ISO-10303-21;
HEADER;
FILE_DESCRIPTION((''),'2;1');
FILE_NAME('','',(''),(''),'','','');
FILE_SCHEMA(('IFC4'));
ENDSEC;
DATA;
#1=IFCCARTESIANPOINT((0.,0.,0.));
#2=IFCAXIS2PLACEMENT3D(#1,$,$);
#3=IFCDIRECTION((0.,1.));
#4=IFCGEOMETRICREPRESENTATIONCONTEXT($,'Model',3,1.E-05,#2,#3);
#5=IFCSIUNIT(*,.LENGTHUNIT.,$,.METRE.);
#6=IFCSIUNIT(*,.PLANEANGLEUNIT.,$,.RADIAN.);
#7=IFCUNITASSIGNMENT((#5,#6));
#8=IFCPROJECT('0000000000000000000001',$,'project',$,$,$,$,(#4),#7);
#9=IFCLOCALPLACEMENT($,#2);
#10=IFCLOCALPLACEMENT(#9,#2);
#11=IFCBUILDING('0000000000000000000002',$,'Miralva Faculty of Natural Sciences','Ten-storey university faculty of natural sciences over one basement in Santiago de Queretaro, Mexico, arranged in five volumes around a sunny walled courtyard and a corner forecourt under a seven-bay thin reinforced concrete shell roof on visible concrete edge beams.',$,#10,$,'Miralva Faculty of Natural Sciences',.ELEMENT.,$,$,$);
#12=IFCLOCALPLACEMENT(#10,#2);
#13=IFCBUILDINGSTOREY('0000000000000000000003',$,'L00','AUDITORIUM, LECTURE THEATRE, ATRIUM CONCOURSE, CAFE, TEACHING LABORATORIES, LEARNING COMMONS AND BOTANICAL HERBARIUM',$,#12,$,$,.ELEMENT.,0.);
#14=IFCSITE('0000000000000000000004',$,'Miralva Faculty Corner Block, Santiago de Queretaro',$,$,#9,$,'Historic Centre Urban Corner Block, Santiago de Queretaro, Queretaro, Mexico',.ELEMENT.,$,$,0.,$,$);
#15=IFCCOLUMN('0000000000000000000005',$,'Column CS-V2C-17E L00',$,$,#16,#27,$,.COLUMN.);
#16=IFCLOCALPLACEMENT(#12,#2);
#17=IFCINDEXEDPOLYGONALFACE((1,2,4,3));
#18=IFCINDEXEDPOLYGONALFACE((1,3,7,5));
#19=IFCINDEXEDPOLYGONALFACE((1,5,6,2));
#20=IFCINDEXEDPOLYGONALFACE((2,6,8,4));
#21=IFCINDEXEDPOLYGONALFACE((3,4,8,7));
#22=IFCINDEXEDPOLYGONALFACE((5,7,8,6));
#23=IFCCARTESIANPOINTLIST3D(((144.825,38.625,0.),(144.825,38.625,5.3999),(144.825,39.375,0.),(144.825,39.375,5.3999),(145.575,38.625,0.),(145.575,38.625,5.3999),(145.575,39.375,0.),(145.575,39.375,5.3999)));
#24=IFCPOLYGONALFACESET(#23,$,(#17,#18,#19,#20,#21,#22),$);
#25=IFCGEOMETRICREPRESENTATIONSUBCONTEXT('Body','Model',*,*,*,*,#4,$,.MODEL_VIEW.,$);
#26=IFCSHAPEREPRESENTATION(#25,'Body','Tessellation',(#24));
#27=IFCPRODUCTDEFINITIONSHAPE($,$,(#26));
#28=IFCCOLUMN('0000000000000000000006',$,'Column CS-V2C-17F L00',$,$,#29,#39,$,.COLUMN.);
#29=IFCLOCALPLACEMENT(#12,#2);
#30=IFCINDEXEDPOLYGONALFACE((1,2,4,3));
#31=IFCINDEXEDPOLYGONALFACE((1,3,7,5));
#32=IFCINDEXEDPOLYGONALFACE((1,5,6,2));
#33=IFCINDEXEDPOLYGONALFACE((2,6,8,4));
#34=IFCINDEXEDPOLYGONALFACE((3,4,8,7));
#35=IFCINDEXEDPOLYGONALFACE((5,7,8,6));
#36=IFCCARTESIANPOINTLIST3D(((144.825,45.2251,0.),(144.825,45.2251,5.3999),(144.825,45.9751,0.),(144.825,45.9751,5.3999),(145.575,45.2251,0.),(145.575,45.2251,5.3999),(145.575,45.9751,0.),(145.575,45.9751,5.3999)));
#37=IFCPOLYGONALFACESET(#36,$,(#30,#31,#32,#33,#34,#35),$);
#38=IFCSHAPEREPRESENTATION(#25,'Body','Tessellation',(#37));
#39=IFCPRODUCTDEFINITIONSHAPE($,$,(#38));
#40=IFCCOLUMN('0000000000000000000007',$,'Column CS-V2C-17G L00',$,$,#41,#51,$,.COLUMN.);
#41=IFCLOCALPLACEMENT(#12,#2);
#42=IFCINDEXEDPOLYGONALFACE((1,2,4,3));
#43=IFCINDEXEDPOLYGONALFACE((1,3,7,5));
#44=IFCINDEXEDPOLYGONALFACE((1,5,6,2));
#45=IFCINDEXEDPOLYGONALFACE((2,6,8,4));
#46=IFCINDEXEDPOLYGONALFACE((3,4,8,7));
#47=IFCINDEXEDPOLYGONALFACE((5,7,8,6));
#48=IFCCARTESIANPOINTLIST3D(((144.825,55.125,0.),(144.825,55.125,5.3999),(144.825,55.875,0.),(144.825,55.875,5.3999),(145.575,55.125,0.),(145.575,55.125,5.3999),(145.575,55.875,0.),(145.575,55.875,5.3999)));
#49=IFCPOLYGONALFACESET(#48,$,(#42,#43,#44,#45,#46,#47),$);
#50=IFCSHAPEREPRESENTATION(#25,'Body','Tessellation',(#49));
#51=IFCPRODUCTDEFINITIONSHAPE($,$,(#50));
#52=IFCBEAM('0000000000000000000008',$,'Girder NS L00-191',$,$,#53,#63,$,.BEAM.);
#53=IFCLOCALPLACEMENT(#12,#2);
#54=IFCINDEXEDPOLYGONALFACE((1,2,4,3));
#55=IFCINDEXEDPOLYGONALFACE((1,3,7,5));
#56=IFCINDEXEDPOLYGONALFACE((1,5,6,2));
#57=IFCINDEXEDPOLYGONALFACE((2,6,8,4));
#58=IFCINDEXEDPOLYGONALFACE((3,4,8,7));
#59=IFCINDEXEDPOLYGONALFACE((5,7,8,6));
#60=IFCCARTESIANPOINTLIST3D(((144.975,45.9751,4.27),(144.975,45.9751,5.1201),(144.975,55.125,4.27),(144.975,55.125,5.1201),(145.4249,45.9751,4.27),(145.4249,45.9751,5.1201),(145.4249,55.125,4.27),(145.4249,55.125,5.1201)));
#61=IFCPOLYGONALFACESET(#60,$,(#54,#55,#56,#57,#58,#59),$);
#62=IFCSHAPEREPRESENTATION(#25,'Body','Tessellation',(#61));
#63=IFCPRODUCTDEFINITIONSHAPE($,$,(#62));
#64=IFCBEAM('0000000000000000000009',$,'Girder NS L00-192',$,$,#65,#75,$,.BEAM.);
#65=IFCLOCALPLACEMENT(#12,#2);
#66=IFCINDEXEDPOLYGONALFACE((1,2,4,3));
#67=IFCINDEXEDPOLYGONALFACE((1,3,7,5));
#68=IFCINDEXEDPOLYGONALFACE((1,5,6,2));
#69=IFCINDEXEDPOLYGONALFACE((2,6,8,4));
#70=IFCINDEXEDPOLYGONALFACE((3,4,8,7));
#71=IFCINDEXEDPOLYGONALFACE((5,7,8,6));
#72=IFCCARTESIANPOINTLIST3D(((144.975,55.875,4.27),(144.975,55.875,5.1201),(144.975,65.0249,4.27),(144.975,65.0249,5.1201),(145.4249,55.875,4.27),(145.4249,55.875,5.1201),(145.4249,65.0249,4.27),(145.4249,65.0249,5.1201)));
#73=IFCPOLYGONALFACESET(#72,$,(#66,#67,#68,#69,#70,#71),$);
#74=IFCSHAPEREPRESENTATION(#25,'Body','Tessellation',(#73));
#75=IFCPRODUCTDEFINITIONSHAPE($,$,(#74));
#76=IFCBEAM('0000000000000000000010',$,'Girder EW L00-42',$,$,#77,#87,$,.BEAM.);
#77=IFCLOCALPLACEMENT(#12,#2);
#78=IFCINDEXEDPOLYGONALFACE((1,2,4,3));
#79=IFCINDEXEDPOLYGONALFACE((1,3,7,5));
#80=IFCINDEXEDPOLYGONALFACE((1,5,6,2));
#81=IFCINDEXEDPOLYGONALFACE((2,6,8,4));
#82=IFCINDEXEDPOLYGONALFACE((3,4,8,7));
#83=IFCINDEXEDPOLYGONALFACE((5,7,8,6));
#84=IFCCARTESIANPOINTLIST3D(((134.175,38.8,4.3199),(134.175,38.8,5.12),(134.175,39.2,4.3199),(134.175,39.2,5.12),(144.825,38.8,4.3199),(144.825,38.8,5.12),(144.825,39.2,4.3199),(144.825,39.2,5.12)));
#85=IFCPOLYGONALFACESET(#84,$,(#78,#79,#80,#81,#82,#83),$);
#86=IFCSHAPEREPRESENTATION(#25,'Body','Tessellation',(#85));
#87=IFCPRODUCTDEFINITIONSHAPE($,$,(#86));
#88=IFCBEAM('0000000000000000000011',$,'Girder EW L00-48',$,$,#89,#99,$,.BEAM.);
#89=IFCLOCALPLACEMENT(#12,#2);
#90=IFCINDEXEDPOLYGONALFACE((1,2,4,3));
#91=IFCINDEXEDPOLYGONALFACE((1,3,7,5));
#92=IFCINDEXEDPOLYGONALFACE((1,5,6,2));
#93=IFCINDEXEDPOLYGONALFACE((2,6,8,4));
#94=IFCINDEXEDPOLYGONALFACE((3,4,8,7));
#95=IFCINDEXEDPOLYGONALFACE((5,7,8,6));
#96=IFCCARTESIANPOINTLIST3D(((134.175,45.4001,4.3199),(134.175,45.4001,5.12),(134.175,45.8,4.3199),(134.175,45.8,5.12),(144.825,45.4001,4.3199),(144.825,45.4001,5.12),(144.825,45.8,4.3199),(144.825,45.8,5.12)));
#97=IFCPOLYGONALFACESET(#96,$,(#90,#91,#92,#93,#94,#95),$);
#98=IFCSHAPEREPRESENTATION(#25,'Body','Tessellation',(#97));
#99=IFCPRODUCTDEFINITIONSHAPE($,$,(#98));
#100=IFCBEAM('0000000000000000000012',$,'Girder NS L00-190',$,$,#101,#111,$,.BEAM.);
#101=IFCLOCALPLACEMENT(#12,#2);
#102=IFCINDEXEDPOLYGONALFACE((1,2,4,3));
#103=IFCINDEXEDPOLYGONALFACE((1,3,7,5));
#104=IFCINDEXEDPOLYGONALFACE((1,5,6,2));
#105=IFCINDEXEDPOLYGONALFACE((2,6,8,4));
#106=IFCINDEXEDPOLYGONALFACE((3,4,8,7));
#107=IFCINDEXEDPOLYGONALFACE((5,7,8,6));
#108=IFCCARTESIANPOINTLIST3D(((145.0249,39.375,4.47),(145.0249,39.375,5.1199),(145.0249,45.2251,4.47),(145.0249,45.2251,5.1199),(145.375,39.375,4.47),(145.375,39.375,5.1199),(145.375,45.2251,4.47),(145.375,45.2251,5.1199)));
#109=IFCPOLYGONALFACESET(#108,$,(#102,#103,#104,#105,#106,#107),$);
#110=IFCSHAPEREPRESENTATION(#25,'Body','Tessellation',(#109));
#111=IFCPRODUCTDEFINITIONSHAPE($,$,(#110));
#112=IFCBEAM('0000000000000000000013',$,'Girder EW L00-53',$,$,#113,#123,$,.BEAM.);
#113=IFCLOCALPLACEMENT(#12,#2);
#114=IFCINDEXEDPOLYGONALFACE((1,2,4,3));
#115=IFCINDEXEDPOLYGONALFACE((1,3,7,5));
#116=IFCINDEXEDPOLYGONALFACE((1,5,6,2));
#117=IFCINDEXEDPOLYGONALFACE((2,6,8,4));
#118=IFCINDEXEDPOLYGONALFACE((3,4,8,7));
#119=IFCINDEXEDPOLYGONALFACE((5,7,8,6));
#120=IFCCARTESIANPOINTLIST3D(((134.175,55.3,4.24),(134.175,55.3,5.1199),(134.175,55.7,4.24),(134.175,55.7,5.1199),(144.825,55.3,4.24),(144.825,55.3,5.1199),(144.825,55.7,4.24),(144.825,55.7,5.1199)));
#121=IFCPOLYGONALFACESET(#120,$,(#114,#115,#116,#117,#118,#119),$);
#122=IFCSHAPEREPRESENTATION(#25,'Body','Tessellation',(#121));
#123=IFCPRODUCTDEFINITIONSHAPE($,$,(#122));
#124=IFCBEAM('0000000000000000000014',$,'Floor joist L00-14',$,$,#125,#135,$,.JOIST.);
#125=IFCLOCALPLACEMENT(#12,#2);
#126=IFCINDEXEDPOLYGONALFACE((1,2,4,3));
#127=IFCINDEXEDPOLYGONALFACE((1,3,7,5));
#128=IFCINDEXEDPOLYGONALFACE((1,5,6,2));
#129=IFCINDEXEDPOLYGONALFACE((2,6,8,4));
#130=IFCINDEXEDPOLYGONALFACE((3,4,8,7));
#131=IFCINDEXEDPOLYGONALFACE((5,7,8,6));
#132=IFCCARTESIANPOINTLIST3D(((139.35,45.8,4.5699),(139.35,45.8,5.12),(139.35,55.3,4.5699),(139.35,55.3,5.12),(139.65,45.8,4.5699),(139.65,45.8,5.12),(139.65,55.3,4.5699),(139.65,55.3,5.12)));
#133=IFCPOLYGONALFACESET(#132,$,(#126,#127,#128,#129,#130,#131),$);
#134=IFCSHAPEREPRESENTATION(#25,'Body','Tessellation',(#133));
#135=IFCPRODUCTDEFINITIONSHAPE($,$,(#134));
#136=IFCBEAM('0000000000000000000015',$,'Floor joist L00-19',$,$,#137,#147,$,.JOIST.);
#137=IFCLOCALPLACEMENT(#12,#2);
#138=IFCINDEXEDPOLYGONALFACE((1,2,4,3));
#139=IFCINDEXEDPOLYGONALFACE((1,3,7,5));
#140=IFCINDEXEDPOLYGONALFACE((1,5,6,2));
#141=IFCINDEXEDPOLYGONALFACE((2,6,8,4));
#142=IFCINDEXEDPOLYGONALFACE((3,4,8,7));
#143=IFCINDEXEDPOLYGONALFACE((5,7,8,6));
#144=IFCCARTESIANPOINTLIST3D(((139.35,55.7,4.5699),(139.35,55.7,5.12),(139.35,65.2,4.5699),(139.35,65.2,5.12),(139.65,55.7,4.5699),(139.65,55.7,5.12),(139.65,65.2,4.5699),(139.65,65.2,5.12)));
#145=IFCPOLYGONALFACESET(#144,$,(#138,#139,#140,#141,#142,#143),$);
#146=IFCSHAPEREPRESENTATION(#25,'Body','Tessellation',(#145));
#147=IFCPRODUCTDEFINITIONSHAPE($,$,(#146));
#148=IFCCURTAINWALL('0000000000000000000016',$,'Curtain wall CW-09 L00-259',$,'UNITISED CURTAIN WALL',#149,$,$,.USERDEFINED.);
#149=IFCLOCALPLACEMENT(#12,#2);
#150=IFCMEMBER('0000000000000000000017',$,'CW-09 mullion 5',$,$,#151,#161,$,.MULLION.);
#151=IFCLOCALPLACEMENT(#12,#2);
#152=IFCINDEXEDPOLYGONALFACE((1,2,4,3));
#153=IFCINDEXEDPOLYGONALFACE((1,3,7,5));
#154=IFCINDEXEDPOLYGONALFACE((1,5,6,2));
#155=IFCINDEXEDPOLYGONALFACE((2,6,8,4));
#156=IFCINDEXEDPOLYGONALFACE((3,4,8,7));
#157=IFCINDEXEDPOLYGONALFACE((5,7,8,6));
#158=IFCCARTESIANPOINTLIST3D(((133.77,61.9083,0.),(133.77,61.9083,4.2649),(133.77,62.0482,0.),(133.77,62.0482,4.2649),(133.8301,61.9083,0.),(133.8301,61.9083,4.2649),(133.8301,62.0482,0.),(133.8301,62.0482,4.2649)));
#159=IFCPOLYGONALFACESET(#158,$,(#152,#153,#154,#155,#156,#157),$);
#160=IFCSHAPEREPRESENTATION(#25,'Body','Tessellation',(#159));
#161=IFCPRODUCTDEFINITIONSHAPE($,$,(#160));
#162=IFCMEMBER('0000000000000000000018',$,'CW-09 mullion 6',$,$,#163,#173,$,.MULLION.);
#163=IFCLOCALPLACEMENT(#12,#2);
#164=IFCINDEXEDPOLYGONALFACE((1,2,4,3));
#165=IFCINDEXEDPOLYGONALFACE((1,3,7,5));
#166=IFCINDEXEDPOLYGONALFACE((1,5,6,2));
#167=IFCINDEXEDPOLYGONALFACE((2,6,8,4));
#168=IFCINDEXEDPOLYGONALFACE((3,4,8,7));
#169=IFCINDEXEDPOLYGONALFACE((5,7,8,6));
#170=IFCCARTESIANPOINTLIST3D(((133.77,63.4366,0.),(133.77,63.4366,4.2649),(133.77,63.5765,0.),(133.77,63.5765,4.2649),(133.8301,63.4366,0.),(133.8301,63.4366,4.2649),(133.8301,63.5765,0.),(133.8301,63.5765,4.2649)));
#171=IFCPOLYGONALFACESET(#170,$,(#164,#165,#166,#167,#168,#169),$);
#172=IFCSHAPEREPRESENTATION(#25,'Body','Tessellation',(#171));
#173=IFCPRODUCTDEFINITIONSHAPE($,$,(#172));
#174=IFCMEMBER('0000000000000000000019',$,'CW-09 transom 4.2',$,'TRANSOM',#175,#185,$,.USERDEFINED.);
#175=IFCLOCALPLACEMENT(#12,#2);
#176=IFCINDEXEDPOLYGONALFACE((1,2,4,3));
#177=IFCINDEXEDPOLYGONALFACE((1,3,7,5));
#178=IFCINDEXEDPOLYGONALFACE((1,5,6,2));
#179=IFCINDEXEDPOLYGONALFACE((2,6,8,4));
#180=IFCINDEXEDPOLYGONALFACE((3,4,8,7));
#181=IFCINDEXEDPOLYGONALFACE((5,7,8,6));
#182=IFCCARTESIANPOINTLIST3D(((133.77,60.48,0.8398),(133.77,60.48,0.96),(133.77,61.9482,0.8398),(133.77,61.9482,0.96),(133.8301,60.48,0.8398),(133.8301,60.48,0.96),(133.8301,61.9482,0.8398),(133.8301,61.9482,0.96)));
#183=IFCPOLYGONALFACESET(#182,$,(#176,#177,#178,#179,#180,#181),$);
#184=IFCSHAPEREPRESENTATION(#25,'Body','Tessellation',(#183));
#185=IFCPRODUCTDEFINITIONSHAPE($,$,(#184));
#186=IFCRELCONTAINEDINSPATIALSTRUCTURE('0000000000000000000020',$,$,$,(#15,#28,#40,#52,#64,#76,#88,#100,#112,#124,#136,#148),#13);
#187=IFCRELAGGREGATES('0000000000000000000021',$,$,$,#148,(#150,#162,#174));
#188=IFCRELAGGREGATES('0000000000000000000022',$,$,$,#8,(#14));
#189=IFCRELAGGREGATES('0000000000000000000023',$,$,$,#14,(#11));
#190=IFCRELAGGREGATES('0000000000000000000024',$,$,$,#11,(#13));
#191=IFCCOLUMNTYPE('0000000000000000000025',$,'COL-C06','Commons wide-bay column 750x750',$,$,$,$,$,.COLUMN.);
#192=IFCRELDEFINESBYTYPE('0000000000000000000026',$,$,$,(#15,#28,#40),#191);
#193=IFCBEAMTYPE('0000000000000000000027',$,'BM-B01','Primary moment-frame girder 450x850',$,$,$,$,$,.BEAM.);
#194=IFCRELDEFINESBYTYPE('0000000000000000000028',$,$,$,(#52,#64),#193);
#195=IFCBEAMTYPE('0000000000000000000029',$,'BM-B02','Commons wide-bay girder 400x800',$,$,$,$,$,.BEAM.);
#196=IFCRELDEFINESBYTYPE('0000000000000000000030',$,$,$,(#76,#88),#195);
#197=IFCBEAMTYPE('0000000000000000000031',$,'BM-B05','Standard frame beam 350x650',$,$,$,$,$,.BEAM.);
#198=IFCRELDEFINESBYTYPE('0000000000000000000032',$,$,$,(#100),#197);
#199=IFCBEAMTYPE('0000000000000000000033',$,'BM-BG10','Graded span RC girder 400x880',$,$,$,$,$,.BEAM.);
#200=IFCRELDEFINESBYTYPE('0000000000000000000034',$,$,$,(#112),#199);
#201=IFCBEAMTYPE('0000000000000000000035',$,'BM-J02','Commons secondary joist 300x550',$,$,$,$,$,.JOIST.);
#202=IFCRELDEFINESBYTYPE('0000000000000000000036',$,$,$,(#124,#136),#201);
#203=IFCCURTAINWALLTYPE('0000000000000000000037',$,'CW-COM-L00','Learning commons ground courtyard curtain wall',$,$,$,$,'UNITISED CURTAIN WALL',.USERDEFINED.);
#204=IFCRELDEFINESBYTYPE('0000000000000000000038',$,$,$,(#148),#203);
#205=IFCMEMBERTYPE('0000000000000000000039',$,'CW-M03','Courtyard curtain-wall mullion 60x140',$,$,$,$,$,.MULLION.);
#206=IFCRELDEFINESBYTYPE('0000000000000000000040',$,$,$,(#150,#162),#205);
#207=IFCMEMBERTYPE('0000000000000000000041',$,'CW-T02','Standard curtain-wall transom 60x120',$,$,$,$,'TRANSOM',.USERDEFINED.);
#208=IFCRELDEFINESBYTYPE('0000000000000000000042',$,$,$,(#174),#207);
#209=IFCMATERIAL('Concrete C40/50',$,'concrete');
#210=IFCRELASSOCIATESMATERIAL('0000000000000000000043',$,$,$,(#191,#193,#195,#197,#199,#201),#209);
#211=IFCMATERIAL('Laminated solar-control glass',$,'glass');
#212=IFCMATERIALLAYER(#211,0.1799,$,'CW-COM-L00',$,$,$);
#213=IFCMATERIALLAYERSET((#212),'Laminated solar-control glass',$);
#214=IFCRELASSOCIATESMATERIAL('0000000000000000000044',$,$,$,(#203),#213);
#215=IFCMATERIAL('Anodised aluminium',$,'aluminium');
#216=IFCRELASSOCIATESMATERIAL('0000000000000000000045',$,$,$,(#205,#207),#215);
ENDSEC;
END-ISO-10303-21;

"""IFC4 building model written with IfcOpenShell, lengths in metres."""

from ifc_helpers import new_model, si_unit, direction, frame, origin, origin_2d, place, context, subcontext, project, spatial, rectangle, extrude, material, layer, layer_set, material_profile, profile_set, type_object, element, aggregate, save


model = new_model("IFC4")

# Units and contexts
model_context = context("Model", 3, precision=1e-05, world=origin(), true_north=direction((0.0, 1.0)))
body_context = subcontext(model_context, "Body", "Model", "MODEL_VIEW")
ifc_project = project(units=[si_unit("LENGTHUNIT", "METRE"), si_unit("PLANEANGLEUNIT", "RADIAN")], contexts=[model_context])

# Site, building, storey
site_placement = place(None, origin())
site = spatial("IfcSite", under=ifc_project, at=site_placement, Name="Miralva Faculty Corner Block, Santiago de Queretaro", LongName="Historic Centre Urban Corner Block, Santiago de Queretaro, Queretaro, Mexico", CompositionType="ELEMENT", RefElevation=0.0)
building_placement = place(site_placement, origin())
building = spatial("IfcBuilding", under=site, at=building_placement, Name="Miralva Faculty of Natural Sciences", Description="Ten-storey university faculty of natural sciences over one basement in Santiago de Queretaro, Mexico, arranged in five volumes around a sunny walled courtyard and a corner forecourt under a seven-bay thin reinforced concrete shell roof on visible concrete edge beams.", LongName="Miralva Faculty of Natural Sciences", CompositionType="ELEMENT")
storey_placement = place(building_placement, origin())
storey = spatial("IfcBuildingStorey", under=building, at=storey_placement, Name="L00", Description="AUDITORIUM, LECTURE THEATRE, ATRIUM CONCOURSE, CAFE, TEACHING LABORATORIES, LEARNING COMMONS AND BOTANICAL HERBARIUM", CompositionType="ELEMENT", Elevation=0.0)

# Columns
ifc_material_1 = material(Name="Concrete C40/50", Category="concrete")
ifc_material_profile_1 = material_profile(ifc_material_1, rectangle(XDim=0.75, YDim=0.75, at=origin_2d()), Name="RC 750x750")
ifc_profile_set_1 = profile_set([ifc_material_profile_1], Name="Concrete C40/50")
column_type = type_object("IfcColumnType", Name="COL-C06", Description="Commons wide-bay column 750x750", PredefinedType="COLUMN", material=ifc_profile_set_1)
for number, where, z_axis, x_axis, name in (
    (1, (145.2, 39.0, 0.0), (0.0, 0.0, 1.0), (1.0, 0.0, 0.0), "Column CS-V2C-17E L00"),
    (2, (145.2, 45.6001, 0.0), (0.0, 0.0, 1.0), (1.0, 0.0, 0.0), "Column CS-V2C-17F L00"),
    (3, (145.2, 55.5, 0.0), (0.0, 0.0, 1.0), (1.0, 0.0, 0.0), "Column CS-V2C-17G L00"),
):
    element("IfcColumn", number, at=place(storey_placement, frame(where, z_axis=z_axis, x_axis=x_axis)), inside=storey, type_object=column_type, Name=name, PredefinedType="COLUMN", context=body_context, shape_type="SweptSolid", body=[
        extrude(rectangle(XDim=0.75, YDim=0.75, at=origin_2d()), origin(), (0.0, 0.0, 1.0), 5.3999),
    ])

# Beams
ifc_material_profile_2 = material_profile(ifc_material_1, rectangle(XDim=0.45, YDim=0.8501, at=origin_2d()), Name="RC 450x850")
ifc_profile_set_2 = profile_set([ifc_material_profile_2], Name="Concrete C40/50")
beam_type_1 = type_object("IfcBeamType", Name="BM-B01", Description="Primary moment-frame girder 450x850", PredefinedType="BEAM", material=ifc_profile_set_2)
for number, where, z_axis, x_axis, name in (
    (4, (145.2, 45.9751, 4.6951), (0.0, 1.0, 0.0), (-1.0, 0.0, 0.0), "Girder NS L00-191"),
    (5, (145.2, 55.875, 4.6951), (0.0, 1.0, 0.0), (-1.0, 0.0, 0.0), "Girder NS L00-192"),
):
    element("IfcBeam", number, at=place(storey_placement, frame(where, z_axis=z_axis, x_axis=x_axis)), inside=storey, type_object=beam_type_1, Name=name, PredefinedType="BEAM", context=body_context, shape_type="SweptSolid", body=[
        extrude(rectangle(XDim=0.45, YDim=0.8501, at=origin_2d()), origin(), (0.0, 0.0, 1.0), 9.1499),
    ])
ifc_material_profile_3 = material_profile(ifc_material_1, rectangle(XDim=0.3999, YDim=0.8, at=origin_2d()), Name="RC 400x800")
ifc_profile_set_3 = profile_set([ifc_material_profile_3], Name="Concrete C40/50")
beam_type_2 = type_object("IfcBeamType", Name="BM-B02", Description="Commons wide-bay girder 400x800", PredefinedType="BEAM", material=ifc_profile_set_3)
for number, where, z_axis, x_axis, name in (
    (6, (134.175, 39.0, 4.72), (1.0, 0.0, 0.0), (0.0, 1.0, 0.0), "Girder EW L00-42"),
    (7, (134.175, 45.6001, 4.72), (1.0, 0.0, 0.0), (0.0, 1.0, 0.0), "Girder EW L00-48"),
):
    element("IfcBeam", number, at=place(storey_placement, frame(where, z_axis=z_axis, x_axis=x_axis)), inside=storey, type_object=beam_type_2, Name=name, PredefinedType="BEAM", context=body_context, shape_type="SweptSolid", body=[
        extrude(rectangle(XDim=0.3999, YDim=0.8, at=origin_2d()), origin(), (0.0, 0.0, 1.0), 10.6499),
    ])
ifc_material_profile_4 = material_profile(ifc_material_1, rectangle(XDim=0.3501, YDim=0.6499, at=origin_2d()), Name="RC 350x650")
ifc_profile_set_4 = profile_set([ifc_material_profile_4], Name="Concrete C40/50")
beam_type_3 = type_object("IfcBeamType", Name="BM-B05", Description="Standard frame beam 350x650", PredefinedType="BEAM", material=ifc_profile_set_4)
beam_1_placement = place(storey_placement, frame((145.2, 39.375, 4.7949), z_axis=(0.0, 1.0, 0.0), x_axis=(-1.0, 0.0, 0.0)))
element("IfcBeam", 8, at=beam_1_placement, inside=storey, type_object=beam_type_3, Name="Girder NS L00-190", PredefinedType="BEAM", context=body_context, shape_type="SweptSolid", body=[
    extrude(rectangle(XDim=0.3501, YDim=0.6499, at=origin_2d()), origin(), (0.0, 0.0, 1.0), 5.8501),
])
ifc_material_profile_5 = material_profile(ifc_material_1, rectangle(XDim=0.3999, YDim=0.8799, at=origin_2d()), Name="RC 400x880")
ifc_profile_set_5 = profile_set([ifc_material_profile_5], Name="Concrete C40/50")
beam_type_4 = type_object("IfcBeamType", Name="BM-BG10", Description="Graded span RC girder 400x880", PredefinedType="BEAM", material=ifc_profile_set_5)
beam_2_placement = place(storey_placement, frame((134.175, 55.5, 4.6799), z_axis=(1.0, 0.0, 0.0), x_axis=(0.0, 1.0, 0.0)))
element("IfcBeam", 9, at=beam_2_placement, inside=storey, type_object=beam_type_4, Name="Girder EW L00-53", PredefinedType="BEAM", context=body_context, shape_type="SweptSolid", body=[
    extrude(rectangle(XDim=0.3999, YDim=0.8799, at=origin_2d()), origin(), (0.0, 0.0, 1.0), 10.6499),
])
ifc_material_profile_6 = material_profile(ifc_material_1, rectangle(XDim=0.3, YDim=0.55, at=origin_2d()), Name="RC 300x550")
ifc_profile_set_6 = profile_set([ifc_material_profile_6], Name="Concrete C40/50")
beam_type_5 = type_object("IfcBeamType", Name="BM-J02", Description="Commons secondary joist 300x550", PredefinedType="JOIST", material=ifc_profile_set_6)
for number, where, z_axis, x_axis, name in (
    (10, (139.5, 45.8, 4.845), (0.0, 1.0, 0.0), (-1.0, 0.0, 0.0), "Floor joist L00-14"),
    (11, (139.5, 55.7, 4.845), (0.0, 1.0, 0.0), (-1.0, 0.0, 0.0), "Floor joist L00-19"),
):
    element("IfcBeam", number, at=place(storey_placement, frame(where, z_axis=z_axis, x_axis=x_axis)), inside=storey, type_object=beam_type_5, Name=name, PredefinedType="JOIST", context=body_context, shape_type="SweptSolid", body=[
        extrude(rectangle(XDim=0.3, YDim=0.55, at=origin_2d()), origin(), (0.0, 0.0, 1.0), 9.5),
    ])

# Curtain wall, members
ifc_material_2 = material(Name="Laminated solar-control glass", Category="glass")
ifc_layer_1 = layer(ifc_material_2, 0.1799, Name="CW-COM-L00")
ifc_layer_set_1 = layer_set([ifc_layer_1], Name="Laminated solar-control glass")
curtain_wall_type = type_object("IfcCurtainWallType", Name="CW-COM-L00", Description="Learning commons ground courtyard curtain wall", ElementType="UNITISED CURTAIN WALL", PredefinedType="USERDEFINED", material=ifc_layer_set_1)
curtain_wall_placement = place(storey_placement, origin())
curtain_wall = element("IfcCurtainWall", 12, at=curtain_wall_placement, inside=storey, type_object=curtain_wall_type, Name="Curtain wall CW-09 L00-259", ObjectType="UNITISED CURTAIN WALL", PredefinedType="USERDEFINED")
ifc_material_3 = material(Name="Anodised aluminium", Category="aluminium")
ifc_material_profile_7 = material_profile(ifc_material_3, rectangle(XDim=0.0601, YDim=0.1399, at=origin_2d()), Name="MULLION 60x140")
ifc_profile_set_7 = profile_set([ifc_material_profile_7], Name="Anodised aluminium")
member_type_1 = type_object("IfcMemberType", Name="CW-M03", Description="Courtyard curtain-wall mullion 60x140", PredefinedType="MULLION", material=ifc_profile_set_7)
member_1_placement = place(storey_placement, frame((133.8, 61.9783, 0.0), z_axis=(0.0, 0.0, 1.0), x_axis=(-1.0, 0.0, 0.0)))
member_1 = element("IfcMember", 13, at=member_1_placement, type_object=member_type_1, Name="CW-09 mullion 5", PredefinedType="MULLION", context=body_context, shape_type="SweptSolid", body=[
    extrude(rectangle(XDim=0.0601, YDim=0.1399, at=origin_2d()), origin(), (0.0, 0.0, 1.0), 4.2649),
])
member_2_placement = place(storey_placement, frame((133.8, 63.5066, 0.0), z_axis=(0.0, 0.0, 1.0), x_axis=(-1.0, 0.0, 0.0)))
member_2 = element("IfcMember", 14, at=member_2_placement, type_object=member_type_1, Name="CW-09 mullion 6", PredefinedType="MULLION", context=body_context, shape_type="SweptSolid", body=[
    extrude(rectangle(XDim=0.0601, YDim=0.1399, at=origin_2d()), origin(), (0.0, 0.0, 1.0), 4.2649),
])
ifc_material_profile_8 = material_profile(ifc_material_3, rectangle(XDim=0.0601, YDim=0.1201, at=origin_2d()), Name="TRANSOM 60x120")
ifc_profile_set_8 = profile_set([ifc_material_profile_8], Name="Anodised aluminium")
member_type_2 = type_object("IfcMemberType", Name="CW-T02", Description="Standard curtain-wall transom 60x120", ElementType="TRANSOM", PredefinedType="USERDEFINED", material=ifc_profile_set_8)
member_3_placement = place(storey_placement, frame((133.8, 60.48, 0.8999), z_axis=(0.0, 1.0, 0.0), x_axis=(-1.0, 0.0, 0.0)))
member_3 = element("IfcMember", 15, at=member_3_placement, type_object=member_type_2, Name="CW-09 transom 4.2", ObjectType="TRANSOM", PredefinedType="USERDEFINED", context=body_context, shape_type="SweptSolid", body=[
    extrude(rectangle(XDim=0.0601, YDim=0.1201, at=origin_2d()), origin(), (0.0, 0.0, 1.0), 1.4683),
])
aggregate(curtain_wall, [member_1, member_2, member_3])

save(model, "model.ifc")
